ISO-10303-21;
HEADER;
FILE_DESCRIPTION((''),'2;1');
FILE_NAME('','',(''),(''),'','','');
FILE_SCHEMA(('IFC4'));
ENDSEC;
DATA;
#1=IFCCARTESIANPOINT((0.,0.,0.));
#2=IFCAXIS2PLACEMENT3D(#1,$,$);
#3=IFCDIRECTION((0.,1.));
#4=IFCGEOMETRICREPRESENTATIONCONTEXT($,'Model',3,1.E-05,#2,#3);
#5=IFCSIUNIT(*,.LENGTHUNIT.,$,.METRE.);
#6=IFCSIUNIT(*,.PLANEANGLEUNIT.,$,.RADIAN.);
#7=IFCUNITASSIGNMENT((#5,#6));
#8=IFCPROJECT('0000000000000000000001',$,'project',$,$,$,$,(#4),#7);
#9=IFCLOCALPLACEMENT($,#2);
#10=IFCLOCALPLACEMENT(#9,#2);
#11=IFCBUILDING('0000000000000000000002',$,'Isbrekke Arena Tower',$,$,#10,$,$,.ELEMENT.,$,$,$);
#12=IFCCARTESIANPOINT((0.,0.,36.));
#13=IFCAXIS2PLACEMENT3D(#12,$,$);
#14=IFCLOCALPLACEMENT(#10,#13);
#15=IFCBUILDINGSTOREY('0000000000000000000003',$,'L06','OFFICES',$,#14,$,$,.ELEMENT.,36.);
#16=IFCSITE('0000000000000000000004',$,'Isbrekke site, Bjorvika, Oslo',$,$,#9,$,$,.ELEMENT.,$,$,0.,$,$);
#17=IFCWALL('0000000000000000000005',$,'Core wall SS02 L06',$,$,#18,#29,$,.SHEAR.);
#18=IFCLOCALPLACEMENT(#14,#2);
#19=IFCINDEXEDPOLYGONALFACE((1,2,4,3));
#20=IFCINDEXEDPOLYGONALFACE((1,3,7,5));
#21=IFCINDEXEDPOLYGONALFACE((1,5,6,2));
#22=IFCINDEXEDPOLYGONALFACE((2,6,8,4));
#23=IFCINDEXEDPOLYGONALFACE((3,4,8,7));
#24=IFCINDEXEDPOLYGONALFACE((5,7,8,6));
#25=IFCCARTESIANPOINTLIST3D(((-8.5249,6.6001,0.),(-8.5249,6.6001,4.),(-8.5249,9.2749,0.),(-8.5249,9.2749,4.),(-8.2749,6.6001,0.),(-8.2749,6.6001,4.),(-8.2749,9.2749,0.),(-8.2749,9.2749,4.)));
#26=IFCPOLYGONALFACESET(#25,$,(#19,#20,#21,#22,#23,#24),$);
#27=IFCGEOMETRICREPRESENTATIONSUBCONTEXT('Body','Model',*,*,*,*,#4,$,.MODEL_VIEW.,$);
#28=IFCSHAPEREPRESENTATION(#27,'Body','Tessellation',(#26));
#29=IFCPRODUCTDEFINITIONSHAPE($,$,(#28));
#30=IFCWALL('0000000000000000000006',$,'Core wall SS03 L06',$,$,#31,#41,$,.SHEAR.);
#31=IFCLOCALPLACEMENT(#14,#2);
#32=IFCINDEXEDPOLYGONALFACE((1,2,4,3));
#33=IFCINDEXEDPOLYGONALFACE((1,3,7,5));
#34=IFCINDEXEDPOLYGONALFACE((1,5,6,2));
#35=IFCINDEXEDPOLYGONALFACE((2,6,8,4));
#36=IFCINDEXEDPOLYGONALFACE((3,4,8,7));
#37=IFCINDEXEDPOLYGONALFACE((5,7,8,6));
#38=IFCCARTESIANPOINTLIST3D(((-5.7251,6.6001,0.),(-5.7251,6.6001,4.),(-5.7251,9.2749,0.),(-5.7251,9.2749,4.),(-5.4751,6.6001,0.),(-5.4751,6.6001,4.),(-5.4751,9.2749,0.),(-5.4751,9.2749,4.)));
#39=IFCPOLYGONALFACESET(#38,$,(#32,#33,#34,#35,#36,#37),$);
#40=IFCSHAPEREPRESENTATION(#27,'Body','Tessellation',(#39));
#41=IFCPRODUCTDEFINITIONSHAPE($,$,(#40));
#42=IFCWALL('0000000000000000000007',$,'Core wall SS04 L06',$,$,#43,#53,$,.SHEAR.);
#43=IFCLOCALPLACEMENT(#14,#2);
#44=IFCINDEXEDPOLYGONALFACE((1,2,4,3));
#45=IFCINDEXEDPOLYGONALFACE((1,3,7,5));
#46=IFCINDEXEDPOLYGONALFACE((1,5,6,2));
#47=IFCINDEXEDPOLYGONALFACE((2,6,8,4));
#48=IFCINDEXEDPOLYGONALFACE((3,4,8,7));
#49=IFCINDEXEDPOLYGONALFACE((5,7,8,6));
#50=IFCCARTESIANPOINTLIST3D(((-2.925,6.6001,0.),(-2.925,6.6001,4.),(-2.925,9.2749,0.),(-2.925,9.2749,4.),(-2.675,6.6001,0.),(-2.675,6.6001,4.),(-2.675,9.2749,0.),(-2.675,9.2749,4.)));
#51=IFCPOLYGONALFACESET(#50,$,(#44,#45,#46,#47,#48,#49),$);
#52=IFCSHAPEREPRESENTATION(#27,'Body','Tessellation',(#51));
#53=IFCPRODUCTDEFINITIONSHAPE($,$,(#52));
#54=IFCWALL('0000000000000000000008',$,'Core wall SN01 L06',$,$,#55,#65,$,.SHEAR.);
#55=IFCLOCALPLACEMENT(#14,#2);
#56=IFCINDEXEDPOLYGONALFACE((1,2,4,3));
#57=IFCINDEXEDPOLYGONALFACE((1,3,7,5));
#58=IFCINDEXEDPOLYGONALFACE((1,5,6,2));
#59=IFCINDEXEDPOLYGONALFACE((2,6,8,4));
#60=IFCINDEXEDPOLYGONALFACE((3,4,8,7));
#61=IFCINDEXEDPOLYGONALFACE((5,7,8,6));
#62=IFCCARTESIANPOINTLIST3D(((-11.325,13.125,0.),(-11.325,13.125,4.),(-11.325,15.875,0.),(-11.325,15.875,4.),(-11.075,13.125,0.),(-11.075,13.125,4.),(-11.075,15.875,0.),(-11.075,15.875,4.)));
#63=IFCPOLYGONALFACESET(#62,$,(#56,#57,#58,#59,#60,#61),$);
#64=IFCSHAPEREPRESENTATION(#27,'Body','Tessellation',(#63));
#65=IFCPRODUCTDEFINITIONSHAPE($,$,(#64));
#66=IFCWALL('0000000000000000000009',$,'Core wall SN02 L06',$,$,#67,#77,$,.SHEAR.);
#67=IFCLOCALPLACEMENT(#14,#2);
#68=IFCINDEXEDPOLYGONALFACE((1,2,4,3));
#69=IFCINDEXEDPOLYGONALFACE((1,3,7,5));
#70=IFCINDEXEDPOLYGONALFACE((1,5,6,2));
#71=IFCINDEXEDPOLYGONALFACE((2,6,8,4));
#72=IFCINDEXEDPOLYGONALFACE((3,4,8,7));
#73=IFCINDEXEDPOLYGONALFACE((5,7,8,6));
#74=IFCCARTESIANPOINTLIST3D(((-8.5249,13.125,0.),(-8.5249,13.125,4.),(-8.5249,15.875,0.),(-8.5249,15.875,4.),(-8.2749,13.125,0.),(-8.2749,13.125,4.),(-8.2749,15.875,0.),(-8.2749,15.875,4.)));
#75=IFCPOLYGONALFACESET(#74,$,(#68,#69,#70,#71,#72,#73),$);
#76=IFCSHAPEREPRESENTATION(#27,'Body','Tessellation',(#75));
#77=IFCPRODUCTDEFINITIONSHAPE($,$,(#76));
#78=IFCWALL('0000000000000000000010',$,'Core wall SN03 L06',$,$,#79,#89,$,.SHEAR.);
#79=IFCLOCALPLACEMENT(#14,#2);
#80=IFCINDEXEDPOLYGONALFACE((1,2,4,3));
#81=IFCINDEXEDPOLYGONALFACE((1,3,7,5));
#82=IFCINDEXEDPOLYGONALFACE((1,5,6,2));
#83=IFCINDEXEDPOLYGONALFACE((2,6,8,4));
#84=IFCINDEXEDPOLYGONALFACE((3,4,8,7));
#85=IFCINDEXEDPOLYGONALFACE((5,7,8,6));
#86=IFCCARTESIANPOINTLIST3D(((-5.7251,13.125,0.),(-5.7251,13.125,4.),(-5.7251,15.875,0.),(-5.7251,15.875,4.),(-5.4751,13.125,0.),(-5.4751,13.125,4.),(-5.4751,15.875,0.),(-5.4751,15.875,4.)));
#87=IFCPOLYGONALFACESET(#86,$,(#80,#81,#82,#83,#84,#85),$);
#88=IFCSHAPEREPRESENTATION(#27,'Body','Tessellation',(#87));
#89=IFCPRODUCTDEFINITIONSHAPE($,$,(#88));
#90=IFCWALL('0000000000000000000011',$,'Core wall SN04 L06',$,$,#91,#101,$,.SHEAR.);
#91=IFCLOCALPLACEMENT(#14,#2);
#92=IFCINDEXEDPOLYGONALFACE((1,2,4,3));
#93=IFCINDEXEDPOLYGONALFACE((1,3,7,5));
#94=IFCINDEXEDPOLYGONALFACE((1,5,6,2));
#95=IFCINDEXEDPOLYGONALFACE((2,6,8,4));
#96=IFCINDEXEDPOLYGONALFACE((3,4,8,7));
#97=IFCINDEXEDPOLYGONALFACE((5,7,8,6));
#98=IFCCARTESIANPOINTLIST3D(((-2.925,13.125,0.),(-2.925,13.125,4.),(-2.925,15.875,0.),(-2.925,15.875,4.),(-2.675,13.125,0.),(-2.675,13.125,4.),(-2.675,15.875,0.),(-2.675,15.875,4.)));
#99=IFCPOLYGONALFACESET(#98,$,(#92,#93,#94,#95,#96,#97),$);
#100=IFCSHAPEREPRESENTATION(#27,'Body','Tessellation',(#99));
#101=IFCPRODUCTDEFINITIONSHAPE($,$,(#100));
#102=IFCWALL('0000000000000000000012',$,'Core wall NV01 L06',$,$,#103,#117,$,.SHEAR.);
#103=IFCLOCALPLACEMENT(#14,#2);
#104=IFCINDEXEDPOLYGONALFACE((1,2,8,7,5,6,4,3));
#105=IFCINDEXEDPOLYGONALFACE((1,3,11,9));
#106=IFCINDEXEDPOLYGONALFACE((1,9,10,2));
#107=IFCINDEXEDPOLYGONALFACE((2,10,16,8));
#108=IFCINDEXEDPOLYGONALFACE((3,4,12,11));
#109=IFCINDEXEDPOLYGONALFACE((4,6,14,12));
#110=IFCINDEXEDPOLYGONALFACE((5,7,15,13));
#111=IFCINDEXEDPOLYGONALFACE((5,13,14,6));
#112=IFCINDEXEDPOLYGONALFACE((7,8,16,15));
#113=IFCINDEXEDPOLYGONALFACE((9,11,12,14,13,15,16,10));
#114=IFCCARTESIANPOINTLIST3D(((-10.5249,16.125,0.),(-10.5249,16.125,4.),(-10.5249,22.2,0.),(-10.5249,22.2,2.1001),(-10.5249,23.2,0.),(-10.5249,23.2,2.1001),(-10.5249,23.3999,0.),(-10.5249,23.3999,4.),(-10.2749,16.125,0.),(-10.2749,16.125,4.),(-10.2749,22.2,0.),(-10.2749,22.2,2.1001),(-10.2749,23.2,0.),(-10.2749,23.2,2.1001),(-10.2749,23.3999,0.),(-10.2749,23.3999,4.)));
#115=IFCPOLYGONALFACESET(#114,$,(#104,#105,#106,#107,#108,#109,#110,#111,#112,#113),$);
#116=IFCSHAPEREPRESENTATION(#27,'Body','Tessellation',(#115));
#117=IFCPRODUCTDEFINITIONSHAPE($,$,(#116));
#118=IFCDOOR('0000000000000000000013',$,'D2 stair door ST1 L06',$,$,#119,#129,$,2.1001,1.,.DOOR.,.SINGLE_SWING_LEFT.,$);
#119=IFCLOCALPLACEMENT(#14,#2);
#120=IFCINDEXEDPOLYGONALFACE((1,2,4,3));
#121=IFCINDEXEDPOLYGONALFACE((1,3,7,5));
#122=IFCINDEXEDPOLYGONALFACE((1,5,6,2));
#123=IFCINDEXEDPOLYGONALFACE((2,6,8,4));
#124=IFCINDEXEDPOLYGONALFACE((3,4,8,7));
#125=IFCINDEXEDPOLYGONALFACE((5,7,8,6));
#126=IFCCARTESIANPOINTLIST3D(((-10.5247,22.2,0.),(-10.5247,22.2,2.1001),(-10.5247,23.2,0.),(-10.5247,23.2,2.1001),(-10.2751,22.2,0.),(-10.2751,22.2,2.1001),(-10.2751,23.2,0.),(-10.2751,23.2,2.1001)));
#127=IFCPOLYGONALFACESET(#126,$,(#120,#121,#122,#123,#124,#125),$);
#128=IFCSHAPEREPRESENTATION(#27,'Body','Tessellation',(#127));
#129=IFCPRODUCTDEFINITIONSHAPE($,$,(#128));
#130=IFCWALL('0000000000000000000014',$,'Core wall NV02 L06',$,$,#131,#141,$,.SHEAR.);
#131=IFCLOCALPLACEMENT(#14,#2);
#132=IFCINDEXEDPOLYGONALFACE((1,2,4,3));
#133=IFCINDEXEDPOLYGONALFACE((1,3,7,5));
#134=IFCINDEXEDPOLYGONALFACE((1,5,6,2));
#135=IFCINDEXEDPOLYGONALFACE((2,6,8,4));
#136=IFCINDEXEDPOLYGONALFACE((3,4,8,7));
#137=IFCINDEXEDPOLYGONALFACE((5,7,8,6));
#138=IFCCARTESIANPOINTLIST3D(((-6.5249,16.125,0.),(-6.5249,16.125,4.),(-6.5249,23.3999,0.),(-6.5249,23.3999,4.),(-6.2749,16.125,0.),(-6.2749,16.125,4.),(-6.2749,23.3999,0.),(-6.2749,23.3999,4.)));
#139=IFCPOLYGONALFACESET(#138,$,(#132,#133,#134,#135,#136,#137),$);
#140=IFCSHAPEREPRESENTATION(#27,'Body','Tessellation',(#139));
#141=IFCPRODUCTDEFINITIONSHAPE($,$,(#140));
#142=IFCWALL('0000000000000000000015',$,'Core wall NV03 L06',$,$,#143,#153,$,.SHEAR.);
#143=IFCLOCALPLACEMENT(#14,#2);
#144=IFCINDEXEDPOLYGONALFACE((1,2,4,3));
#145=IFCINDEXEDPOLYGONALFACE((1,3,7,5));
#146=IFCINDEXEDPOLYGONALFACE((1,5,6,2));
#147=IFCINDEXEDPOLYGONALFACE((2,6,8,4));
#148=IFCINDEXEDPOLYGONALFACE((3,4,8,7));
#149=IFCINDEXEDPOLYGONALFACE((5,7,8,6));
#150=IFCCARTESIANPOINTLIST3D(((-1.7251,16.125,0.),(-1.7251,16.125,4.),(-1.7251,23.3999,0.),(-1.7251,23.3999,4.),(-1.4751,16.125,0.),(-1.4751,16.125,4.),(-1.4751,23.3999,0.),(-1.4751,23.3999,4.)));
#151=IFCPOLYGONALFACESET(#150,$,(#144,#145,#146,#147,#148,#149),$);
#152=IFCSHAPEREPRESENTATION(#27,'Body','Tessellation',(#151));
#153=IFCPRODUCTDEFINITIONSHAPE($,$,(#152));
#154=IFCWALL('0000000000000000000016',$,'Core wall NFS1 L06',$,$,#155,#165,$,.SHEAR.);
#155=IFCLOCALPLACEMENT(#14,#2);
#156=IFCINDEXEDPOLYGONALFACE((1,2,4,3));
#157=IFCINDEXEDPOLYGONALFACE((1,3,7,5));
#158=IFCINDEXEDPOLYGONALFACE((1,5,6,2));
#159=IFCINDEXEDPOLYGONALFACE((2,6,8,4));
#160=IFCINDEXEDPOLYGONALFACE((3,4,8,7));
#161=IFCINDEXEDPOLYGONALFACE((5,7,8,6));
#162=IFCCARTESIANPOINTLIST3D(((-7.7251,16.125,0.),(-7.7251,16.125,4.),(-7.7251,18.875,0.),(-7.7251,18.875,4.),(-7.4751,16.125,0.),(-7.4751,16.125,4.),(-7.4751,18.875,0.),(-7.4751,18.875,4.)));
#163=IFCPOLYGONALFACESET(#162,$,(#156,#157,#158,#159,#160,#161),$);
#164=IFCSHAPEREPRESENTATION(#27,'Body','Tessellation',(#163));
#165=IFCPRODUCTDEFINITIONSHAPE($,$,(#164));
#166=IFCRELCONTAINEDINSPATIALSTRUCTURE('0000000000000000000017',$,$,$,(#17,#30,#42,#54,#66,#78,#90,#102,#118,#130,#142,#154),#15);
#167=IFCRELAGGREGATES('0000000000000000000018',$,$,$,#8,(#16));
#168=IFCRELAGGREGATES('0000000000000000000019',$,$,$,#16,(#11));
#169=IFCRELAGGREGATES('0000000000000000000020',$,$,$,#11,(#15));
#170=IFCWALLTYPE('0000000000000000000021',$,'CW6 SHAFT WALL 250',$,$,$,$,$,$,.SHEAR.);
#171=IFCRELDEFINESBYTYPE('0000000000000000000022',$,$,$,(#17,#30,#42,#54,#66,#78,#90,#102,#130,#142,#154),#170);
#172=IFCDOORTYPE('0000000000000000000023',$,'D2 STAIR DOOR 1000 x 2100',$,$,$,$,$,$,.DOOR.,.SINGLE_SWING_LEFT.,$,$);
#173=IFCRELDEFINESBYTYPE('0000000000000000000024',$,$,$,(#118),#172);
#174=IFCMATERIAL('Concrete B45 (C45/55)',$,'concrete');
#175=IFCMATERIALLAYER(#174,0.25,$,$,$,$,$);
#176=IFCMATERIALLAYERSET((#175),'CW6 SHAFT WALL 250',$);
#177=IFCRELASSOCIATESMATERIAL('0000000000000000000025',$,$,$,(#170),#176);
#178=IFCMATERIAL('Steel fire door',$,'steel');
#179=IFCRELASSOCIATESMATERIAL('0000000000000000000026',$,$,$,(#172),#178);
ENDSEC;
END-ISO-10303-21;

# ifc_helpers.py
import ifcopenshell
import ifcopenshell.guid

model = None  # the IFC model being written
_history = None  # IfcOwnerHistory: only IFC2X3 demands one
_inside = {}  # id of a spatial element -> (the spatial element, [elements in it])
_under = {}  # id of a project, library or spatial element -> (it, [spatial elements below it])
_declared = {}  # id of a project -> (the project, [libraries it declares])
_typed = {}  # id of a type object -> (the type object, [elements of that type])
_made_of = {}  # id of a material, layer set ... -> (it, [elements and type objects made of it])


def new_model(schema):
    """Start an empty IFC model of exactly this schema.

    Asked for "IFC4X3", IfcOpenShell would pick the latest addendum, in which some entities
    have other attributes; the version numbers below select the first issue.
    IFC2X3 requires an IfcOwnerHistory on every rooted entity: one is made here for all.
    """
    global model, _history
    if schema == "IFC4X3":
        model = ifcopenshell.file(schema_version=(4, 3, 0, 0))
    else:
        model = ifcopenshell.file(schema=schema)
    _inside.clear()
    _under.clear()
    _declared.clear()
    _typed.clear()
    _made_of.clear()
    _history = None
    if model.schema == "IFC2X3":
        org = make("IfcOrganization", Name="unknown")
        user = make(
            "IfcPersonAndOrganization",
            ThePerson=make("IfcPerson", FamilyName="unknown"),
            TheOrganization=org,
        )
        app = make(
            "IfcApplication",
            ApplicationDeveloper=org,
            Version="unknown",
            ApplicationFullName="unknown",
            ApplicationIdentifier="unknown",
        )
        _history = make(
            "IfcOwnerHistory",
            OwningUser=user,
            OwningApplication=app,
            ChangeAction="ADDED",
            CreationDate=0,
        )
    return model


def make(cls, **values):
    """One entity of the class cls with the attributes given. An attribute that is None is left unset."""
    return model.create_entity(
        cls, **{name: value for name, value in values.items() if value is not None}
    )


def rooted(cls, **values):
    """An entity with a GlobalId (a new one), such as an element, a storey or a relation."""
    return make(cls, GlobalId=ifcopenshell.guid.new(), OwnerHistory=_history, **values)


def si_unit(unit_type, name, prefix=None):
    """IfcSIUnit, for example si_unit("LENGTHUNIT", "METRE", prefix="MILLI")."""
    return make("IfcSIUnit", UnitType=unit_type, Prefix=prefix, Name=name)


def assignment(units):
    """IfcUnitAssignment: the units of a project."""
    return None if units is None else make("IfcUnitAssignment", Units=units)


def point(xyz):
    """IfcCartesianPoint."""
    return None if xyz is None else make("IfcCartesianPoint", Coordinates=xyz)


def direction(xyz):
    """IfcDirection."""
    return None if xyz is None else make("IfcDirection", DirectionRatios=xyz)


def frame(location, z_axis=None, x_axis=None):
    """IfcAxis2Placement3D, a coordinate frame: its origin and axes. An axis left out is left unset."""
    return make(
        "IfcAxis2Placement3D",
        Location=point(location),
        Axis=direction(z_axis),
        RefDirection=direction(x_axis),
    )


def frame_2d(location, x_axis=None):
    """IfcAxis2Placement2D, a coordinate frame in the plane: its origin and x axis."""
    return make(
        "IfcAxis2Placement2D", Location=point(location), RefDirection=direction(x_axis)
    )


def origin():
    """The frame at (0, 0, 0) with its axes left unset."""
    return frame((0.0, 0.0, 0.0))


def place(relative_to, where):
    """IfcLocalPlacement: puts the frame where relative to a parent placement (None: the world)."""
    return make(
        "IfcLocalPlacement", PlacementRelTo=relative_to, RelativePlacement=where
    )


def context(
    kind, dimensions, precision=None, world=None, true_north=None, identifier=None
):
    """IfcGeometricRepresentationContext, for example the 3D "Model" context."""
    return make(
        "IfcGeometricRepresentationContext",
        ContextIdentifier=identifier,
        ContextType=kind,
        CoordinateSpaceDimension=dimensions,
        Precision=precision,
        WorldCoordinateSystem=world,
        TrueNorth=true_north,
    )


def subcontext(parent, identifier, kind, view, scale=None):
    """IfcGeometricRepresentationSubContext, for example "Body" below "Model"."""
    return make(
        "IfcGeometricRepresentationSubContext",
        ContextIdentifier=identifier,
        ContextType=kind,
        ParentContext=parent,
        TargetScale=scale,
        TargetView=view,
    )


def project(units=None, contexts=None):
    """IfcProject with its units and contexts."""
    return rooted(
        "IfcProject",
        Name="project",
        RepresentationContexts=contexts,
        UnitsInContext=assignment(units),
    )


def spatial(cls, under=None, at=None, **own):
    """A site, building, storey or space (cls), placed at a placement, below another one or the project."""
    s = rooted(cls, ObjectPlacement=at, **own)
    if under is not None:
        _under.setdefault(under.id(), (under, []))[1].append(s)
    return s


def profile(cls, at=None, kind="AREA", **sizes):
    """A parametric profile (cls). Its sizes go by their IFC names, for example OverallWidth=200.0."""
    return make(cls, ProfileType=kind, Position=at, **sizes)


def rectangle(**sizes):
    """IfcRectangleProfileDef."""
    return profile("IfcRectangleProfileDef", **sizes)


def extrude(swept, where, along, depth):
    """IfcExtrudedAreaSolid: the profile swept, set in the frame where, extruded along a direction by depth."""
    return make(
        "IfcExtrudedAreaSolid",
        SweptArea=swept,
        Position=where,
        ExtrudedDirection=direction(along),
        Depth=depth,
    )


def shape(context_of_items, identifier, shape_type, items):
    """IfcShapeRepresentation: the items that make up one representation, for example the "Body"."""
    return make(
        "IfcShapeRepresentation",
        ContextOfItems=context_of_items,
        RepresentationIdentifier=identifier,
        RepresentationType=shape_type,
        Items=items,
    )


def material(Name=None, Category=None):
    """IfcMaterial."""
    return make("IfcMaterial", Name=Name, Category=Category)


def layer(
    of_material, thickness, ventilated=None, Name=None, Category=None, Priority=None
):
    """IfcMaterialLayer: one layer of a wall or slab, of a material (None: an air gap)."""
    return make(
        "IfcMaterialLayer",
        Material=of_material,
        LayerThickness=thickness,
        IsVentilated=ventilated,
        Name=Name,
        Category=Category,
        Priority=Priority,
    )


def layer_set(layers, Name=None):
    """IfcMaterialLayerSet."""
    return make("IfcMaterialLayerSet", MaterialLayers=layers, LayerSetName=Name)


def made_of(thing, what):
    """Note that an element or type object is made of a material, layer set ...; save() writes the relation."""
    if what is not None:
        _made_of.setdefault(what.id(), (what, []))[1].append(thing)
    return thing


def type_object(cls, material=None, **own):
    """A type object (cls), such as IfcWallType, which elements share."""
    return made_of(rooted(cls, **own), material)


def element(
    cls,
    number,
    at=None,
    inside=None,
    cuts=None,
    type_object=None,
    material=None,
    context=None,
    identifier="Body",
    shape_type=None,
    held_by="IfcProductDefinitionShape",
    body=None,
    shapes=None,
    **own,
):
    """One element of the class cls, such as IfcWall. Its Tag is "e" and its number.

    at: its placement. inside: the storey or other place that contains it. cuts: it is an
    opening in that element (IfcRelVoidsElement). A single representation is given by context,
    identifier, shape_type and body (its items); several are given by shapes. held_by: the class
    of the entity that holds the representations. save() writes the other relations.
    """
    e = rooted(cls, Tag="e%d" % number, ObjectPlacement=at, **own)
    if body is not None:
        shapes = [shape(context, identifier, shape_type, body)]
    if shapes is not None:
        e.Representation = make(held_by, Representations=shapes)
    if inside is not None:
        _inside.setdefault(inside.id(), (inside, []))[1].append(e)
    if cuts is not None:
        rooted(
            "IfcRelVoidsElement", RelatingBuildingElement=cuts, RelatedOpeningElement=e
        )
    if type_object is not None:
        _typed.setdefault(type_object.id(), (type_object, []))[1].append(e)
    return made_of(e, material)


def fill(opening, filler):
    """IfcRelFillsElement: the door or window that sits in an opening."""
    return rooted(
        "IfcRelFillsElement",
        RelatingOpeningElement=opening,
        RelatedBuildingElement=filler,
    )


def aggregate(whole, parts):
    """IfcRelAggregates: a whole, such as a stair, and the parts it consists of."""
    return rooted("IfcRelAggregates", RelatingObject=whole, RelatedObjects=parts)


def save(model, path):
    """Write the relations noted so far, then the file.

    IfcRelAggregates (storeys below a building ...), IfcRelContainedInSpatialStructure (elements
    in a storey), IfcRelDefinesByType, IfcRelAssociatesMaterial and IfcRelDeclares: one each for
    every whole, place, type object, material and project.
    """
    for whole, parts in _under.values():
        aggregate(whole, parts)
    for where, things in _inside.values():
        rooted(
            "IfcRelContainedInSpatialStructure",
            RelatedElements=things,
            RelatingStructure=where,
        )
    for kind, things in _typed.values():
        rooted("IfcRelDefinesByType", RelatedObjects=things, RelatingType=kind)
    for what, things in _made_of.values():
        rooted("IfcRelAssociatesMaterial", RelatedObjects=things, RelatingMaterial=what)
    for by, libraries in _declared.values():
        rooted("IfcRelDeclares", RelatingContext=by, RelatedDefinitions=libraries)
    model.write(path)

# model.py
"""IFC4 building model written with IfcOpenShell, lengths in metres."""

from ifc_helpers import new_model, si_unit, direction, frame, frame_2d, origin, place, context, subcontext, project, spatial, rectangle, extrude, material, layer, layer_set, type_object, element, fill, save


model = new_model("IFC4")

# Units and contexts
model_context = context("Model", 3, precision=1e-05, world=origin(), true_north=direction((0.0, 1.0)))
body_context = subcontext(model_context, "Body", "Model", "MODEL_VIEW")
ifc_project = project(units=[si_unit("LENGTHUNIT", "METRE"), si_unit("PLANEANGLEUNIT", "RADIAN")], contexts=[model_context])

# Site, building, storey
site_placement = place(None, origin())
site = spatial("IfcSite", under=ifc_project, at=site_placement, Name="Isbrekke site, Bjorvika, Oslo", CompositionType="ELEMENT", RefElevation=0.0)
building_placement = place(site_placement, origin())
building = spatial("IfcBuilding", under=site, at=building_placement, Name="Isbrekke Arena Tower", CompositionType="ELEMENT")
storey_placement = place(building_placement, frame((0.0, 0.0, 36.0)))
storey = spatial("IfcBuildingStorey", under=building, at=storey_placement, Name="L06", Description="OFFICES", CompositionType="ELEMENT", Elevation=36.0)

# Shared definitions
ifc_material_1 = material(Name="Concrete B45 (C45/55)", Category="concrete")
ifc_layer_1 = layer(ifc_material_1, 0.25)
ifc_layer_set_1 = layer_set([ifc_layer_1], Name="CW6 SHAFT WALL 250")
wall_type_1 = type_object("IfcWallType", Name="CW6 SHAFT WALL 250", PredefinedType="SHEAR", material=ifc_layer_set_1)

# Walls
for number, where, z_axis, x_axis, name in (
    (1, (-8.3999, 6.6001, 0.0), (0.0, 0.0, 1.0), (0.0, 1.0, 0.0), "Core wall SS02 L06"),
    (2, (-5.6001, 6.6001, 0.0), (0.0, 0.0, 1.0), (0.0, 1.0, 0.0), "Core wall SS03 L06"),
    (3, (-2.8, 6.6001, 0.0), (0.0, 0.0, 1.0), (0.0, 1.0, 0.0), "Core wall SS04 L06"),
):
    element("IfcWall", number, at=place(storey_placement, frame(where, z_axis=z_axis, x_axis=x_axis)), inside=storey, type_object=wall_type_1, Name=name, PredefinedType="SHEAR", context=body_context, shape_type="SweptSolid", body=[
        extrude(rectangle(XDim=2.6748, YDim=0.25, at=frame_2d((1.3374, 0.0))), origin(), (0.0, 0.0, 1.0), 4.0),
    ])
for number, where, z_axis, x_axis, name in (
    (4, (-11.2, 13.125, 0.0), (0.0, 0.0, 1.0), (0.0, 1.0, 0.0), "Core wall SN01 L06"),
    (5, (-8.3999, 13.125, 0.0), (0.0, 0.0, 1.0), (0.0, 1.0, 0.0), "Core wall SN02 L06"),
    (6, (-5.6001, 13.125, 0.0), (0.0, 0.0, 1.0), (0.0, 1.0, 0.0), "Core wall SN03 L06"),
    (7, (-2.8, 13.125, 0.0), (0.0, 0.0, 1.0), (0.0, 1.0, 0.0), "Core wall SN04 L06"),
):
    element("IfcWall", number, at=place(storey_placement, frame(where, z_axis=z_axis, x_axis=x_axis)), inside=storey, type_object=wall_type_1, Name=name, PredefinedType="SHEAR", context=body_context, shape_type="SweptSolid", body=[
        extrude(rectangle(XDim=2.75, YDim=0.25, at=frame_2d((1.375, 0.0))), origin(), (0.0, 0.0, 1.0), 4.0),
    ])

# Wall, opening, door
wall_1_placement = place(storey_placement, frame((-10.3999, 16.125, 0.0), z_axis=(0.0, 0.0, 1.0), x_axis=(0.0, 1.0, 0.0)))
wall_1 = element("IfcWall", 8, at=wall_1_placement, inside=storey, type_object=wall_type_1, Name="Core wall NV01 L06", PredefinedType="SHEAR", context=body_context, shape_type="SweptSolid", body=[
    extrude(rectangle(XDim=7.2749, YDim=0.25, at=frame_2d((3.6375, 0.0))), origin(), (0.0, 0.0, 1.0), 4.0),
])
opening_1_placement = place(wall_1_placement, frame((6.075, 0.0, 0.0)))
opening_1 = element("IfcOpeningElement", 9, at=opening_1_placement, cuts=wall_1, PredefinedType="OPENING", context=body_context, shape_type="SweptSolid", body=[
    extrude(rectangle(XDim=1.0, YDim=2.1001, at=frame_2d((0.5, 1.05))), frame((0.0, 0.1399, 0.0), z_axis=(0.0, -1.0, 0.0), x_axis=(1.0, 0.0, 0.0)), (0.0, 0.0, 1.0), 0.2798),
])
ifc_material_2 = material(Name="Steel fire door", Category="steel")
door_type_1 = type_object("IfcDoorType", Name="D2 STAIR DOOR 1000 x 2100", OperationType="SINGLE_SWING_LEFT", PredefinedType="DOOR", material=ifc_material_2)
door_1_placement = place(opening_1_placement, origin())
door_1 = element("IfcDoor", 10, at=door_1_placement, inside=storey, type_object=door_type_1, Name="D2 stair door ST1 L06", OperationType="SINGLE_SWING_LEFT", OverallHeight=2.1001, OverallWidth=1.0, PredefinedType="DOOR", context=body_context, shape_type="SweptSolid", body=[
    extrude(rectangle(XDim=1.0, YDim=2.1001, at=frame_2d((0.5, 1.05))), frame((0.0, 0.1248, 0.0), z_axis=(0.0, -1.0, 0.0), x_axis=(1.0, 0.0, 0.0)), (0.0, 0.0, 1.0), 0.2495),
])
fill(opening_1, door_1)

# Walls
for number, where, z_axis, x_axis, name in (
    (11, (-6.3999, 16.125, 0.0), (0.0, 0.0, 1.0), (0.0, 1.0, 0.0), "Core wall NV02 L06"),
    (12, (-1.6001, 16.125, 0.0), (0.0, 0.0, 1.0), (0.0, 1.0, 0.0), "Core wall NV03 L06"),
):
    element("IfcWall", number, at=place(storey_placement, frame(where, z_axis=z_axis, x_axis=x_axis)), inside=storey, type_object=wall_type_1, Name=name, PredefinedType="SHEAR", context=body_context, shape_type="SweptSolid", body=[
        extrude(rectangle(XDim=7.2749, YDim=0.25, at=frame_2d((3.6375, 0.0))), origin(), (0.0, 0.0, 1.0), 4.0),
    ])
wall_2_placement = place(storey_placement, frame((-7.6001, 16.125, 0.0), z_axis=(0.0, 0.0, 1.0), x_axis=(0.0, 1.0, 0.0)))
element("IfcWall", 13, at=wall_2_placement, inside=storey, type_object=wall_type_1, Name="Core wall NFS1 L06", PredefinedType="SHEAR", context=body_context, shape_type="SweptSolid", body=[
    extrude(rectangle(XDim=2.75, YDim=0.25, at=frame_2d((1.375, 0.0))), origin(), (0.0, 0.0, 1.0), 4.0),
])

save(model, "model.ifc")
